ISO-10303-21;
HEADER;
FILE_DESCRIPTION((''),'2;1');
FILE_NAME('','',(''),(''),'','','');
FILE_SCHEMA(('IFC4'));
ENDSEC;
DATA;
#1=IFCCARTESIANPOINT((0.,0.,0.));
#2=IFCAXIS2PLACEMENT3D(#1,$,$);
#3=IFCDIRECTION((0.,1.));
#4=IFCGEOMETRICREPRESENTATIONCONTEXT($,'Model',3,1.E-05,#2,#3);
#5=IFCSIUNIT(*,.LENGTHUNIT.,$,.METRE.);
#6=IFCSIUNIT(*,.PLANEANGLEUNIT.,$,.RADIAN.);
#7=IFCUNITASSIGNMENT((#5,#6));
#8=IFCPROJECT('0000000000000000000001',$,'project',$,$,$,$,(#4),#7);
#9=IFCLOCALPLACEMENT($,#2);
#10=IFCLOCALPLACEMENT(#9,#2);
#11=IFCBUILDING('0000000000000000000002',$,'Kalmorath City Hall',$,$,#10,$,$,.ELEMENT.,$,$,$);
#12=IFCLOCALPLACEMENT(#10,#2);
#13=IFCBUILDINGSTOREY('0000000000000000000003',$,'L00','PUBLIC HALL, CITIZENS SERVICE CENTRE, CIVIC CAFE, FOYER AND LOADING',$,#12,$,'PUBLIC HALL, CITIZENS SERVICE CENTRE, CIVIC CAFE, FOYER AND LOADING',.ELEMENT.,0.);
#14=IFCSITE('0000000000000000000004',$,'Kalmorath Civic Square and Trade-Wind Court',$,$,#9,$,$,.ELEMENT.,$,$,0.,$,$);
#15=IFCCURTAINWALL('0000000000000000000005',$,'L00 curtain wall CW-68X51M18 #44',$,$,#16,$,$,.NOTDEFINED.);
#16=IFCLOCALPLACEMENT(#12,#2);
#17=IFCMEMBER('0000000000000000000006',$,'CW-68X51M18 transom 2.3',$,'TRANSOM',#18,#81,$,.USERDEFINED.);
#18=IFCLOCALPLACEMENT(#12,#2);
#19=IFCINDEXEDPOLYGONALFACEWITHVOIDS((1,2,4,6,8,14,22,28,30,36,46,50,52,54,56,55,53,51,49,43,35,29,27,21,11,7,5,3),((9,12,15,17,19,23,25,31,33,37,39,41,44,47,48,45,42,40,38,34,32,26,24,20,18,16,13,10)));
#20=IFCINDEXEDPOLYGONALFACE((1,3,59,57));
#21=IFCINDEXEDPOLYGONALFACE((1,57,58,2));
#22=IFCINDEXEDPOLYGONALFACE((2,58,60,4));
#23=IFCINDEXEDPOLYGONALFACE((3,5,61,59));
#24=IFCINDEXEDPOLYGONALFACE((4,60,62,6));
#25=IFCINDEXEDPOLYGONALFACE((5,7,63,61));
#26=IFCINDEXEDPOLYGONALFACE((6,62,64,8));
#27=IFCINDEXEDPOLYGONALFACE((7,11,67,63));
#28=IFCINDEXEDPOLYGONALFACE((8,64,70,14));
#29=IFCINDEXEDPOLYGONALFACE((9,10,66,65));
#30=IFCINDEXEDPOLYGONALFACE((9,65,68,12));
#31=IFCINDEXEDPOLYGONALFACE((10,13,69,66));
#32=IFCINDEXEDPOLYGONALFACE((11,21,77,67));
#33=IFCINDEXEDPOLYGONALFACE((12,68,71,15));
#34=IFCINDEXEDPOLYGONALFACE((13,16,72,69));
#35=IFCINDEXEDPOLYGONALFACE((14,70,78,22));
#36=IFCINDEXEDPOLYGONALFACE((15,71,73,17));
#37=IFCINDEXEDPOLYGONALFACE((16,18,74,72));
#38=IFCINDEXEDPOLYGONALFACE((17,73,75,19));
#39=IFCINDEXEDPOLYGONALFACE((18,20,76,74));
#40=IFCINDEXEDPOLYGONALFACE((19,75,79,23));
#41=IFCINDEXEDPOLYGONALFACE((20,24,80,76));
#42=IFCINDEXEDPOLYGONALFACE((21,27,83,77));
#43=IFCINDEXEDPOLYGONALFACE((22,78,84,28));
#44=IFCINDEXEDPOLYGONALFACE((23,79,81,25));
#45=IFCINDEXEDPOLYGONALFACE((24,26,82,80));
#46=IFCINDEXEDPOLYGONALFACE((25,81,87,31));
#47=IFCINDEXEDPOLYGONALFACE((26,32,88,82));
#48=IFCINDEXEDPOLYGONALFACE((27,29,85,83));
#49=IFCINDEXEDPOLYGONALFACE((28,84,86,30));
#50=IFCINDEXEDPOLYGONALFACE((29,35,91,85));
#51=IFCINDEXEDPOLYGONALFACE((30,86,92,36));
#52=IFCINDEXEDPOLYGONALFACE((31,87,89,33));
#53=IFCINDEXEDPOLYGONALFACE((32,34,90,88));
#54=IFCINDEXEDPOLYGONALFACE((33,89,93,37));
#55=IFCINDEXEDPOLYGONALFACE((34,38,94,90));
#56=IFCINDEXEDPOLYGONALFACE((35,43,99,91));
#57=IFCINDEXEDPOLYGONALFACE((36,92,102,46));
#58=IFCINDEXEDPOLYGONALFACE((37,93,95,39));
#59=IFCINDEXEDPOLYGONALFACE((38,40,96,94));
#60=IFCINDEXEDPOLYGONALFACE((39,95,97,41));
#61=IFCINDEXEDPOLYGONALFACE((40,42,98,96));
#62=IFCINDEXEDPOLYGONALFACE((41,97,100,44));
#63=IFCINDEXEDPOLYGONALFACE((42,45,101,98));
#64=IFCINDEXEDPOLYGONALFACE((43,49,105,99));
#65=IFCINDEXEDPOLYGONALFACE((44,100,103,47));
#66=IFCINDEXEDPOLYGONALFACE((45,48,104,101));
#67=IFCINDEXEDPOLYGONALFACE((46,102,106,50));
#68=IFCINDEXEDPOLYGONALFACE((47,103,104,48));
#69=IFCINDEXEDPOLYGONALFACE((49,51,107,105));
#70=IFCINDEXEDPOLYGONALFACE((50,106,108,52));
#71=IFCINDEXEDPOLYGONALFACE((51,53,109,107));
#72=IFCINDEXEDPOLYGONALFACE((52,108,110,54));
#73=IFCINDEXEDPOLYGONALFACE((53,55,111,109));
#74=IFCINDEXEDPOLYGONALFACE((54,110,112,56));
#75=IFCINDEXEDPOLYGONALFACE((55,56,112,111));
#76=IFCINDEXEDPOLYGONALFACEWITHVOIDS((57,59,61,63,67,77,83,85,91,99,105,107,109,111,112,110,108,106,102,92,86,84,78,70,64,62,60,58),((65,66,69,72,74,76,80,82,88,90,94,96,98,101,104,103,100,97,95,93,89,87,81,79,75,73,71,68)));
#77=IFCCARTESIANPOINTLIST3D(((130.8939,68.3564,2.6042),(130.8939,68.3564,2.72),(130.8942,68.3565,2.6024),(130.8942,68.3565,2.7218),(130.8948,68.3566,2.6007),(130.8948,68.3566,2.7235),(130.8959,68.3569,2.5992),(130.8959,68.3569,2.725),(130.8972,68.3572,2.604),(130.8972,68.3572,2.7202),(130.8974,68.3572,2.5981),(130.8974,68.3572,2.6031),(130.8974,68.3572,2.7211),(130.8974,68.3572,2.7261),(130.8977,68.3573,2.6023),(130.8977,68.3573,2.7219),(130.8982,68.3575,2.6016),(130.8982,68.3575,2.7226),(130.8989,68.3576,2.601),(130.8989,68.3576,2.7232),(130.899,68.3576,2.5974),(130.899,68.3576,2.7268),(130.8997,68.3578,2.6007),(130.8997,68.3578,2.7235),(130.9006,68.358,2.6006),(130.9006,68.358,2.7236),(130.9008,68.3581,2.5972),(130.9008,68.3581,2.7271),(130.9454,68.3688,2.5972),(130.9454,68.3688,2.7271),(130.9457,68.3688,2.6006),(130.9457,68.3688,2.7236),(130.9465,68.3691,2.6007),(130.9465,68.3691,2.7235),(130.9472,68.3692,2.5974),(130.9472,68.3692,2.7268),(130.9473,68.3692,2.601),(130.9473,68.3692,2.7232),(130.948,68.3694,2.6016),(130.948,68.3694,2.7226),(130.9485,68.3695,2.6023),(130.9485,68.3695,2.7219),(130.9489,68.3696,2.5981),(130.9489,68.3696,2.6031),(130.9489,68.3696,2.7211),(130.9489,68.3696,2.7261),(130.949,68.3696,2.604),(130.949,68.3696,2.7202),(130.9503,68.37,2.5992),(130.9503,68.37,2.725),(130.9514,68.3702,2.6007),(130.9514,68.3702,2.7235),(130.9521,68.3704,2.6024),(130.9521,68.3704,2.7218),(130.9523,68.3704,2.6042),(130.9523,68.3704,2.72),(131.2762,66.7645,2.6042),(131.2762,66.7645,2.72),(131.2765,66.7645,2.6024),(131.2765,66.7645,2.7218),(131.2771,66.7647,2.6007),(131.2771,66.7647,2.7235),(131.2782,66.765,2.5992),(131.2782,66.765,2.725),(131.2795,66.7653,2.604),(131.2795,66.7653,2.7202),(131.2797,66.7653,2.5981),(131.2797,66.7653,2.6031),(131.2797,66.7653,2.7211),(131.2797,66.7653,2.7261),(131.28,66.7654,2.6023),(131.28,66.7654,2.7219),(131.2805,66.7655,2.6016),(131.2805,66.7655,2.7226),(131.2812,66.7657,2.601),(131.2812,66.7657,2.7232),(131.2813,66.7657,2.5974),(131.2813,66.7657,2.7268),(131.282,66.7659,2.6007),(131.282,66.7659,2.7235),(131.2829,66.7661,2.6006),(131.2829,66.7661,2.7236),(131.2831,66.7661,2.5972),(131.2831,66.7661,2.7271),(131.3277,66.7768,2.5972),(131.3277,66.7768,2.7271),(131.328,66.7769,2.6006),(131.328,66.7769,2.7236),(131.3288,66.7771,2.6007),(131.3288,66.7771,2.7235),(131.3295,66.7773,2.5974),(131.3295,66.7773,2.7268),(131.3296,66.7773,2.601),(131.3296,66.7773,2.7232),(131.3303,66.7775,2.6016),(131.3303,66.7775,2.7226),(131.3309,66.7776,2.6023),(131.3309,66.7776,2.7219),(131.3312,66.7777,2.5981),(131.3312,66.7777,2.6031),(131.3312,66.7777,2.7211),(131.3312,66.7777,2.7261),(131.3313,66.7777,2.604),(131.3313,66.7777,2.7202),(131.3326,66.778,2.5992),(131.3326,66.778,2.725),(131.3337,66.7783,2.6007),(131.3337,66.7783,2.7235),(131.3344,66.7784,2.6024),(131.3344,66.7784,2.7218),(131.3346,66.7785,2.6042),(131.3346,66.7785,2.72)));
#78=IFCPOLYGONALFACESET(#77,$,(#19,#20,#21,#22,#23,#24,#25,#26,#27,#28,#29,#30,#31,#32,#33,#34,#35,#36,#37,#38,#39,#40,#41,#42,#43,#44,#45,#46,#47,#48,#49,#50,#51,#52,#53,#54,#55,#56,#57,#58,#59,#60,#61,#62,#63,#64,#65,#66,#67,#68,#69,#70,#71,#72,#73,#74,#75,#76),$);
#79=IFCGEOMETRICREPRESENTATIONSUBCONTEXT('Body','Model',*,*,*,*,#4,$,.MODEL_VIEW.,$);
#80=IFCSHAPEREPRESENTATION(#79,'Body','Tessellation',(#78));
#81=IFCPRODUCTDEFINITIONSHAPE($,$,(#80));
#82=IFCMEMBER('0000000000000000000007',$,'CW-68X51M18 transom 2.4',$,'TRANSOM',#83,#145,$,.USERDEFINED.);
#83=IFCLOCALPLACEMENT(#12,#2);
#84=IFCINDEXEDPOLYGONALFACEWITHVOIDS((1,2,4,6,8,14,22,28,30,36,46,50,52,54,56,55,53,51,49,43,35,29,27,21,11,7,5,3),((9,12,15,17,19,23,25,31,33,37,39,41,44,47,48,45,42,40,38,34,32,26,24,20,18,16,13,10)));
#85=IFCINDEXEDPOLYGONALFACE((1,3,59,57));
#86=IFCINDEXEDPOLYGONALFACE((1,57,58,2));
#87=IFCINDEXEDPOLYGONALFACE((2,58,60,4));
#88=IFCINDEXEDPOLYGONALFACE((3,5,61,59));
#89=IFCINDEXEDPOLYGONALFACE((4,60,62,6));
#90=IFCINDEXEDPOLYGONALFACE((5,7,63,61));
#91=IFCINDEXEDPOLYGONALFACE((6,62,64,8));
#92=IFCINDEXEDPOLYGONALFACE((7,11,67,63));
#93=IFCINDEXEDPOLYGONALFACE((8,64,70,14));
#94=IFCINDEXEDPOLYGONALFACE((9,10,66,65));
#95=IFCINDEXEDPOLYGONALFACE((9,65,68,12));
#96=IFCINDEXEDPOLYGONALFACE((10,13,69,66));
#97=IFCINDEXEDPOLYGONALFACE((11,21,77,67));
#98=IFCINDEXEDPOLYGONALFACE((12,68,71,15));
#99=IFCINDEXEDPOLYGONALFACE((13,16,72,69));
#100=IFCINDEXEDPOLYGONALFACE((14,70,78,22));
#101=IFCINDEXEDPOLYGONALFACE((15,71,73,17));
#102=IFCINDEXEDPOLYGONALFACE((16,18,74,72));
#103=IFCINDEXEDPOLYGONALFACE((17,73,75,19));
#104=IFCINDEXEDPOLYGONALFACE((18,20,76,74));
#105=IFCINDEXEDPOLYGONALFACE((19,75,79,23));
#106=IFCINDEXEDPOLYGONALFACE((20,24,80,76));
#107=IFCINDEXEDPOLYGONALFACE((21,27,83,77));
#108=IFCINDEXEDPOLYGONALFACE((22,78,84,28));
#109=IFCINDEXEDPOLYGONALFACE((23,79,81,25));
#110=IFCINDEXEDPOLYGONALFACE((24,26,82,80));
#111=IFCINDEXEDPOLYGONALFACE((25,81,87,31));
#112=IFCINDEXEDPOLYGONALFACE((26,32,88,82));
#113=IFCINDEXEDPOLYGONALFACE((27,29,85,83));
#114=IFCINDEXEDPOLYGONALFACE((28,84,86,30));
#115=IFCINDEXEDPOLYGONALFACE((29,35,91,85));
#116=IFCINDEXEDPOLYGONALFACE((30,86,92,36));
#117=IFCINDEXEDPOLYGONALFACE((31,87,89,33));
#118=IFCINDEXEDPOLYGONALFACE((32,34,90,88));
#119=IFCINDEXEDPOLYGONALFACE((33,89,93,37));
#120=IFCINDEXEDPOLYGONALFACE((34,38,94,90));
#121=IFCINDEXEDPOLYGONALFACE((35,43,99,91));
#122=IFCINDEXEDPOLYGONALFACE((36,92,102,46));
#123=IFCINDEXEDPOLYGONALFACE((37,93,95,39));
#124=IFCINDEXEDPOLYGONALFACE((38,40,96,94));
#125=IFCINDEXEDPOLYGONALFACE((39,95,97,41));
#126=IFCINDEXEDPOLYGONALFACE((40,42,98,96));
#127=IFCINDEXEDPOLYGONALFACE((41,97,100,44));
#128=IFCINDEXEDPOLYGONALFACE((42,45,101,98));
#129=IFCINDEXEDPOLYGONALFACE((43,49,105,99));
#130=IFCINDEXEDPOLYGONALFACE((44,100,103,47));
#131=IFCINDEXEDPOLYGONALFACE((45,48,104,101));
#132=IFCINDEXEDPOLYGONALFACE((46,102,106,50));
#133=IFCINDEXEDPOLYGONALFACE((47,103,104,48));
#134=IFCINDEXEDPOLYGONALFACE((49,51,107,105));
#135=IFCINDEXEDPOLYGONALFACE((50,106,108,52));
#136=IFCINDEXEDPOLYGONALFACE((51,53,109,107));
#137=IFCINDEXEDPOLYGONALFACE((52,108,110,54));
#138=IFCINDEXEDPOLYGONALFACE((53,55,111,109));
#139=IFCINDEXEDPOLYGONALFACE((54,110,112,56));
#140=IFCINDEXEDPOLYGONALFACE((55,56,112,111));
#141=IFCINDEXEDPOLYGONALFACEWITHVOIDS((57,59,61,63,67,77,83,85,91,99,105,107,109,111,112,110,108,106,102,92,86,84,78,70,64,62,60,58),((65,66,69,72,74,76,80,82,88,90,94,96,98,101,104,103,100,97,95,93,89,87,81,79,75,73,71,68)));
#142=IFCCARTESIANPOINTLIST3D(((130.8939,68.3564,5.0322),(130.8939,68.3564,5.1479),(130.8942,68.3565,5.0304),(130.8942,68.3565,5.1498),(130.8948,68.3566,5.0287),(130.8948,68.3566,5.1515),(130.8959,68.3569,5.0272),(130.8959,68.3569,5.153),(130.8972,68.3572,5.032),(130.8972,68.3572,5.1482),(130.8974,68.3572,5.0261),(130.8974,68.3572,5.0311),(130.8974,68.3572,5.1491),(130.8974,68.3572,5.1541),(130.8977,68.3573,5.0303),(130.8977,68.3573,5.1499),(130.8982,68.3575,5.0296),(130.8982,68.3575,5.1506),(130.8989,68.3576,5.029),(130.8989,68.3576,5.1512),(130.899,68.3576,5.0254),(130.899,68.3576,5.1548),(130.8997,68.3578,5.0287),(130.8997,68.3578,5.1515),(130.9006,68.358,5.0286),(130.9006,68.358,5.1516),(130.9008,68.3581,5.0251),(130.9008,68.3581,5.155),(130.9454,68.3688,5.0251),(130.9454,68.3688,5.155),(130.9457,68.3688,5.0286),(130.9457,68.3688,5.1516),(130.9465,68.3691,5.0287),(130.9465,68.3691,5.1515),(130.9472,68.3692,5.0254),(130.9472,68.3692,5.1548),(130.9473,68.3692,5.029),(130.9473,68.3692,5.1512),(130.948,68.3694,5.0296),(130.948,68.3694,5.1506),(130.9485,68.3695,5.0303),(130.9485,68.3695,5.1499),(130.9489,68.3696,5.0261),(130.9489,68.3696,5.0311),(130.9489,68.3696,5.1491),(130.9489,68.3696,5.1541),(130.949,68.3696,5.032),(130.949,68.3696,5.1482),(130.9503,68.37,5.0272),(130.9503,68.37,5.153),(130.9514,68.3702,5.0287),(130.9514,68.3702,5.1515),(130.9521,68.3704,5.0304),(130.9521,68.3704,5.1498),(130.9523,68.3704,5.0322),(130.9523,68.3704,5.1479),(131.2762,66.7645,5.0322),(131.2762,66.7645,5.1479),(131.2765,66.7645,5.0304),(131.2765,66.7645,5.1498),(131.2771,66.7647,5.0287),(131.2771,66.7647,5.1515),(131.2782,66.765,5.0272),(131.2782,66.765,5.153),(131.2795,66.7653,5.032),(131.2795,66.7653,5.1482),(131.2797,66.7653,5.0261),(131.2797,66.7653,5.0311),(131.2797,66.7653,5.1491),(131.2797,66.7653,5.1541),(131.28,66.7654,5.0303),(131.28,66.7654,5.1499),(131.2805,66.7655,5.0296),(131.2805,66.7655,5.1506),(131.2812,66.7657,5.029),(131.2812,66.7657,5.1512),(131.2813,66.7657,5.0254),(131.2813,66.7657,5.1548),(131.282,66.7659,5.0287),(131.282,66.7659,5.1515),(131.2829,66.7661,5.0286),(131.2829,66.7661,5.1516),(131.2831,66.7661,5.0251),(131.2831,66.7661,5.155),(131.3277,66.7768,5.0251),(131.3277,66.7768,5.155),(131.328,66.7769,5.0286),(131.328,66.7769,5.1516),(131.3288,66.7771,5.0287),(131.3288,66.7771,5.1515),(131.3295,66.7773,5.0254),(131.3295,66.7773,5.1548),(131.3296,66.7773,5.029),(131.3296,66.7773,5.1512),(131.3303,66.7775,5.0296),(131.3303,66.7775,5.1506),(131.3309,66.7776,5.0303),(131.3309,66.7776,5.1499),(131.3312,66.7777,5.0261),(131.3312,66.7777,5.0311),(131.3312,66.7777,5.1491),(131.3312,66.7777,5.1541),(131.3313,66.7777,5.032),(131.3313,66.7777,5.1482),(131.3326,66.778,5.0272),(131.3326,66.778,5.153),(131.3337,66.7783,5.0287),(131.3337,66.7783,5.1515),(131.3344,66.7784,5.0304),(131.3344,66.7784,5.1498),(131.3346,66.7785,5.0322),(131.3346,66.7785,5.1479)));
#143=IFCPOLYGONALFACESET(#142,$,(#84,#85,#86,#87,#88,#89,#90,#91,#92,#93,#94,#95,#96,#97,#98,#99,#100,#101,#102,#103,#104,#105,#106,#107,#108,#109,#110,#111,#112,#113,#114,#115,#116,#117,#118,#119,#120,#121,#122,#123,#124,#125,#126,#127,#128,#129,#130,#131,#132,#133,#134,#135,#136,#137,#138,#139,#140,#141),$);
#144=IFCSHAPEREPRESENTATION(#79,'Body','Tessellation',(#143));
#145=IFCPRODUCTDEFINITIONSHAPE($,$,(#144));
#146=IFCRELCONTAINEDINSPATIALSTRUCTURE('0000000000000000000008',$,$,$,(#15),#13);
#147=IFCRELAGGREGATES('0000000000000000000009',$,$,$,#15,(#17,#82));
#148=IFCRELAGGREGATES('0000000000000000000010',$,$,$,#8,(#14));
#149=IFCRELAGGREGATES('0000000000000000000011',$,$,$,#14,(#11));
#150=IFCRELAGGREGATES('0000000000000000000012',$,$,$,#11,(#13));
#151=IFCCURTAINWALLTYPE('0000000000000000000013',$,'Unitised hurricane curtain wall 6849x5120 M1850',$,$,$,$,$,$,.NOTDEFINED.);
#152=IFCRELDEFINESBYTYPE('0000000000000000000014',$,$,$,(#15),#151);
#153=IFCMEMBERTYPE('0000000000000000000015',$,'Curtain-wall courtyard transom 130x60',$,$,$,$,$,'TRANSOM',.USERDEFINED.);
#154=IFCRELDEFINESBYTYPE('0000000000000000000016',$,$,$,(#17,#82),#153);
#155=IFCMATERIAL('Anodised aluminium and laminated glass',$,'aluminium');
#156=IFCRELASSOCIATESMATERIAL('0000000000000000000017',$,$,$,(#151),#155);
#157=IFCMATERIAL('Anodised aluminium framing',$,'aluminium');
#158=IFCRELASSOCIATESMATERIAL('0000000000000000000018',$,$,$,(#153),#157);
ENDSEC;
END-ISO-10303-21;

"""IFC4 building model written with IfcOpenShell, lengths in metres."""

from ifc_helpers import new_model, si_unit, direction, frame, origin, origin_2d, place, context, subcontext, project, spatial, hollow_rectangle, extrude, material, material_profile, profile_set, type_object, element, aggregate, save


model = new_model("IFC4")

# Units and contexts
model_context = context("Model", 3, precision=1e-05, world=origin(), true_north=direction((0.0, 1.0)))
body_context = subcontext(model_context, "Body", "Model", "MODEL_VIEW")
ifc_project = project(units=[si_unit("LENGTHUNIT", "METRE"), si_unit("PLANEANGLEUNIT", "RADIAN")], contexts=[model_context])

# Site, building, storey
site_placement = place(None, origin())
site = spatial("IfcSite", under=ifc_project, at=site_placement, Name="Kalmorath Civic Square and Trade-Wind Court", CompositionType="ELEMENT", RefElevation=0.0)
building_placement = place(site_placement, origin())
building = spatial("IfcBuilding", under=site, at=building_placement, Name="Kalmorath City Hall", CompositionType="ELEMENT")
storey_placement = place(building_placement, origin())
storey = spatial("IfcBuildingStorey", under=building, at=storey_placement, Name="L00", Description="PUBLIC HALL, CITIZENS SERVICE CENTRE, CIVIC CAFE, FOYER AND LOADING", LongName="PUBLIC HALL, CITIZENS SERVICE CENTRE, CIVIC CAFE, FOYER AND LOADING", CompositionType="ELEMENT", Elevation=0.0)

# Curtain wall, members
ifc_material_1 = material(Name="Anodised aluminium and laminated glass", Category="aluminium")
curtain_wall_type = type_object("IfcCurtainWallType", Name="Unitised hurricane curtain wall 6849x5120 M1850", PredefinedType="NOTDEFINED", material=ifc_material_1)
curtain_wall_1_placement = place(storey_placement, origin())
curtain_wall_1 = element("IfcCurtainWall", 1, at=curtain_wall_1_placement, inside=storey, type_object=curtain_wall_type, Name="L00 curtain wall CW-68X51M18 #44", PredefinedType="NOTDEFINED")
ifc_material_2 = material(Name="Anodised aluminium framing", Category="aluminium")
ifc_material_profile_1 = material_profile(ifc_material_2, hollow_rectangle(XDim=0.0601, YDim=0.1299, WallThickness=0.0034, InnerFilletRadius=0.0034, OuterFilletRadius=0.0071, at=origin_2d()), Name="ALU-TRN-130X60X3.5")
ifc_profile_set_1 = profile_set([ifc_material_profile_1], Name="Anodised aluminium framing")
member_type_1 = type_object("IfcMemberType", Name="Curtain-wall courtyard transom 130x60", ElementType="TRANSOM", PredefinedType="USERDEFINED", material=ifc_profile_set_1)
member_1_placement = place(storey_placement, frame((131.3054, 66.7715, 2.6621), z_axis=(-0.233508, 0.972355, 0.0), x_axis=(-0.972355, -0.233508, 0.0)))
member_1 = element("IfcMember", 2, at=member_1_placement, type_object=member_type_1, Name="CW-68X51M18 transom 2.3", ObjectType="TRANSOM", PredefinedType="USERDEFINED", context=body_context, shape_type="SweptSolid", body=[
    extrude(hollow_rectangle(XDim=0.0601, YDim=0.1299, WallThickness=0.0034, InnerFilletRadius=0.0034, OuterFilletRadius=0.0071, at=origin_2d()), origin(), (0.0, 0.0, 1.0), 1.6372),
])
member_2_placement = place(storey_placement, frame((131.3054, 66.7715, 5.0901), z_axis=(-0.233508, 0.972355, 0.0), x_axis=(-0.972355, -0.233508, 0.0)))
member_2 = element("IfcMember", 3, at=member_2_placement, type_object=member_type_1, Name="CW-68X51M18 transom 2.4", ObjectType="TRANSOM", PredefinedType="USERDEFINED", context=body_context, shape_type="SweptSolid", body=[
    extrude(hollow_rectangle(XDim=0.0601, YDim=0.1299, WallThickness=0.0034, InnerFilletRadius=0.0034, OuterFilletRadius=0.0071, at=origin_2d()), origin(), (0.0, 0.0, 1.0), 1.6372),
])

aggregate(curtain_wall_1, [member_1, member_2])

save(model, "model.ifc")
